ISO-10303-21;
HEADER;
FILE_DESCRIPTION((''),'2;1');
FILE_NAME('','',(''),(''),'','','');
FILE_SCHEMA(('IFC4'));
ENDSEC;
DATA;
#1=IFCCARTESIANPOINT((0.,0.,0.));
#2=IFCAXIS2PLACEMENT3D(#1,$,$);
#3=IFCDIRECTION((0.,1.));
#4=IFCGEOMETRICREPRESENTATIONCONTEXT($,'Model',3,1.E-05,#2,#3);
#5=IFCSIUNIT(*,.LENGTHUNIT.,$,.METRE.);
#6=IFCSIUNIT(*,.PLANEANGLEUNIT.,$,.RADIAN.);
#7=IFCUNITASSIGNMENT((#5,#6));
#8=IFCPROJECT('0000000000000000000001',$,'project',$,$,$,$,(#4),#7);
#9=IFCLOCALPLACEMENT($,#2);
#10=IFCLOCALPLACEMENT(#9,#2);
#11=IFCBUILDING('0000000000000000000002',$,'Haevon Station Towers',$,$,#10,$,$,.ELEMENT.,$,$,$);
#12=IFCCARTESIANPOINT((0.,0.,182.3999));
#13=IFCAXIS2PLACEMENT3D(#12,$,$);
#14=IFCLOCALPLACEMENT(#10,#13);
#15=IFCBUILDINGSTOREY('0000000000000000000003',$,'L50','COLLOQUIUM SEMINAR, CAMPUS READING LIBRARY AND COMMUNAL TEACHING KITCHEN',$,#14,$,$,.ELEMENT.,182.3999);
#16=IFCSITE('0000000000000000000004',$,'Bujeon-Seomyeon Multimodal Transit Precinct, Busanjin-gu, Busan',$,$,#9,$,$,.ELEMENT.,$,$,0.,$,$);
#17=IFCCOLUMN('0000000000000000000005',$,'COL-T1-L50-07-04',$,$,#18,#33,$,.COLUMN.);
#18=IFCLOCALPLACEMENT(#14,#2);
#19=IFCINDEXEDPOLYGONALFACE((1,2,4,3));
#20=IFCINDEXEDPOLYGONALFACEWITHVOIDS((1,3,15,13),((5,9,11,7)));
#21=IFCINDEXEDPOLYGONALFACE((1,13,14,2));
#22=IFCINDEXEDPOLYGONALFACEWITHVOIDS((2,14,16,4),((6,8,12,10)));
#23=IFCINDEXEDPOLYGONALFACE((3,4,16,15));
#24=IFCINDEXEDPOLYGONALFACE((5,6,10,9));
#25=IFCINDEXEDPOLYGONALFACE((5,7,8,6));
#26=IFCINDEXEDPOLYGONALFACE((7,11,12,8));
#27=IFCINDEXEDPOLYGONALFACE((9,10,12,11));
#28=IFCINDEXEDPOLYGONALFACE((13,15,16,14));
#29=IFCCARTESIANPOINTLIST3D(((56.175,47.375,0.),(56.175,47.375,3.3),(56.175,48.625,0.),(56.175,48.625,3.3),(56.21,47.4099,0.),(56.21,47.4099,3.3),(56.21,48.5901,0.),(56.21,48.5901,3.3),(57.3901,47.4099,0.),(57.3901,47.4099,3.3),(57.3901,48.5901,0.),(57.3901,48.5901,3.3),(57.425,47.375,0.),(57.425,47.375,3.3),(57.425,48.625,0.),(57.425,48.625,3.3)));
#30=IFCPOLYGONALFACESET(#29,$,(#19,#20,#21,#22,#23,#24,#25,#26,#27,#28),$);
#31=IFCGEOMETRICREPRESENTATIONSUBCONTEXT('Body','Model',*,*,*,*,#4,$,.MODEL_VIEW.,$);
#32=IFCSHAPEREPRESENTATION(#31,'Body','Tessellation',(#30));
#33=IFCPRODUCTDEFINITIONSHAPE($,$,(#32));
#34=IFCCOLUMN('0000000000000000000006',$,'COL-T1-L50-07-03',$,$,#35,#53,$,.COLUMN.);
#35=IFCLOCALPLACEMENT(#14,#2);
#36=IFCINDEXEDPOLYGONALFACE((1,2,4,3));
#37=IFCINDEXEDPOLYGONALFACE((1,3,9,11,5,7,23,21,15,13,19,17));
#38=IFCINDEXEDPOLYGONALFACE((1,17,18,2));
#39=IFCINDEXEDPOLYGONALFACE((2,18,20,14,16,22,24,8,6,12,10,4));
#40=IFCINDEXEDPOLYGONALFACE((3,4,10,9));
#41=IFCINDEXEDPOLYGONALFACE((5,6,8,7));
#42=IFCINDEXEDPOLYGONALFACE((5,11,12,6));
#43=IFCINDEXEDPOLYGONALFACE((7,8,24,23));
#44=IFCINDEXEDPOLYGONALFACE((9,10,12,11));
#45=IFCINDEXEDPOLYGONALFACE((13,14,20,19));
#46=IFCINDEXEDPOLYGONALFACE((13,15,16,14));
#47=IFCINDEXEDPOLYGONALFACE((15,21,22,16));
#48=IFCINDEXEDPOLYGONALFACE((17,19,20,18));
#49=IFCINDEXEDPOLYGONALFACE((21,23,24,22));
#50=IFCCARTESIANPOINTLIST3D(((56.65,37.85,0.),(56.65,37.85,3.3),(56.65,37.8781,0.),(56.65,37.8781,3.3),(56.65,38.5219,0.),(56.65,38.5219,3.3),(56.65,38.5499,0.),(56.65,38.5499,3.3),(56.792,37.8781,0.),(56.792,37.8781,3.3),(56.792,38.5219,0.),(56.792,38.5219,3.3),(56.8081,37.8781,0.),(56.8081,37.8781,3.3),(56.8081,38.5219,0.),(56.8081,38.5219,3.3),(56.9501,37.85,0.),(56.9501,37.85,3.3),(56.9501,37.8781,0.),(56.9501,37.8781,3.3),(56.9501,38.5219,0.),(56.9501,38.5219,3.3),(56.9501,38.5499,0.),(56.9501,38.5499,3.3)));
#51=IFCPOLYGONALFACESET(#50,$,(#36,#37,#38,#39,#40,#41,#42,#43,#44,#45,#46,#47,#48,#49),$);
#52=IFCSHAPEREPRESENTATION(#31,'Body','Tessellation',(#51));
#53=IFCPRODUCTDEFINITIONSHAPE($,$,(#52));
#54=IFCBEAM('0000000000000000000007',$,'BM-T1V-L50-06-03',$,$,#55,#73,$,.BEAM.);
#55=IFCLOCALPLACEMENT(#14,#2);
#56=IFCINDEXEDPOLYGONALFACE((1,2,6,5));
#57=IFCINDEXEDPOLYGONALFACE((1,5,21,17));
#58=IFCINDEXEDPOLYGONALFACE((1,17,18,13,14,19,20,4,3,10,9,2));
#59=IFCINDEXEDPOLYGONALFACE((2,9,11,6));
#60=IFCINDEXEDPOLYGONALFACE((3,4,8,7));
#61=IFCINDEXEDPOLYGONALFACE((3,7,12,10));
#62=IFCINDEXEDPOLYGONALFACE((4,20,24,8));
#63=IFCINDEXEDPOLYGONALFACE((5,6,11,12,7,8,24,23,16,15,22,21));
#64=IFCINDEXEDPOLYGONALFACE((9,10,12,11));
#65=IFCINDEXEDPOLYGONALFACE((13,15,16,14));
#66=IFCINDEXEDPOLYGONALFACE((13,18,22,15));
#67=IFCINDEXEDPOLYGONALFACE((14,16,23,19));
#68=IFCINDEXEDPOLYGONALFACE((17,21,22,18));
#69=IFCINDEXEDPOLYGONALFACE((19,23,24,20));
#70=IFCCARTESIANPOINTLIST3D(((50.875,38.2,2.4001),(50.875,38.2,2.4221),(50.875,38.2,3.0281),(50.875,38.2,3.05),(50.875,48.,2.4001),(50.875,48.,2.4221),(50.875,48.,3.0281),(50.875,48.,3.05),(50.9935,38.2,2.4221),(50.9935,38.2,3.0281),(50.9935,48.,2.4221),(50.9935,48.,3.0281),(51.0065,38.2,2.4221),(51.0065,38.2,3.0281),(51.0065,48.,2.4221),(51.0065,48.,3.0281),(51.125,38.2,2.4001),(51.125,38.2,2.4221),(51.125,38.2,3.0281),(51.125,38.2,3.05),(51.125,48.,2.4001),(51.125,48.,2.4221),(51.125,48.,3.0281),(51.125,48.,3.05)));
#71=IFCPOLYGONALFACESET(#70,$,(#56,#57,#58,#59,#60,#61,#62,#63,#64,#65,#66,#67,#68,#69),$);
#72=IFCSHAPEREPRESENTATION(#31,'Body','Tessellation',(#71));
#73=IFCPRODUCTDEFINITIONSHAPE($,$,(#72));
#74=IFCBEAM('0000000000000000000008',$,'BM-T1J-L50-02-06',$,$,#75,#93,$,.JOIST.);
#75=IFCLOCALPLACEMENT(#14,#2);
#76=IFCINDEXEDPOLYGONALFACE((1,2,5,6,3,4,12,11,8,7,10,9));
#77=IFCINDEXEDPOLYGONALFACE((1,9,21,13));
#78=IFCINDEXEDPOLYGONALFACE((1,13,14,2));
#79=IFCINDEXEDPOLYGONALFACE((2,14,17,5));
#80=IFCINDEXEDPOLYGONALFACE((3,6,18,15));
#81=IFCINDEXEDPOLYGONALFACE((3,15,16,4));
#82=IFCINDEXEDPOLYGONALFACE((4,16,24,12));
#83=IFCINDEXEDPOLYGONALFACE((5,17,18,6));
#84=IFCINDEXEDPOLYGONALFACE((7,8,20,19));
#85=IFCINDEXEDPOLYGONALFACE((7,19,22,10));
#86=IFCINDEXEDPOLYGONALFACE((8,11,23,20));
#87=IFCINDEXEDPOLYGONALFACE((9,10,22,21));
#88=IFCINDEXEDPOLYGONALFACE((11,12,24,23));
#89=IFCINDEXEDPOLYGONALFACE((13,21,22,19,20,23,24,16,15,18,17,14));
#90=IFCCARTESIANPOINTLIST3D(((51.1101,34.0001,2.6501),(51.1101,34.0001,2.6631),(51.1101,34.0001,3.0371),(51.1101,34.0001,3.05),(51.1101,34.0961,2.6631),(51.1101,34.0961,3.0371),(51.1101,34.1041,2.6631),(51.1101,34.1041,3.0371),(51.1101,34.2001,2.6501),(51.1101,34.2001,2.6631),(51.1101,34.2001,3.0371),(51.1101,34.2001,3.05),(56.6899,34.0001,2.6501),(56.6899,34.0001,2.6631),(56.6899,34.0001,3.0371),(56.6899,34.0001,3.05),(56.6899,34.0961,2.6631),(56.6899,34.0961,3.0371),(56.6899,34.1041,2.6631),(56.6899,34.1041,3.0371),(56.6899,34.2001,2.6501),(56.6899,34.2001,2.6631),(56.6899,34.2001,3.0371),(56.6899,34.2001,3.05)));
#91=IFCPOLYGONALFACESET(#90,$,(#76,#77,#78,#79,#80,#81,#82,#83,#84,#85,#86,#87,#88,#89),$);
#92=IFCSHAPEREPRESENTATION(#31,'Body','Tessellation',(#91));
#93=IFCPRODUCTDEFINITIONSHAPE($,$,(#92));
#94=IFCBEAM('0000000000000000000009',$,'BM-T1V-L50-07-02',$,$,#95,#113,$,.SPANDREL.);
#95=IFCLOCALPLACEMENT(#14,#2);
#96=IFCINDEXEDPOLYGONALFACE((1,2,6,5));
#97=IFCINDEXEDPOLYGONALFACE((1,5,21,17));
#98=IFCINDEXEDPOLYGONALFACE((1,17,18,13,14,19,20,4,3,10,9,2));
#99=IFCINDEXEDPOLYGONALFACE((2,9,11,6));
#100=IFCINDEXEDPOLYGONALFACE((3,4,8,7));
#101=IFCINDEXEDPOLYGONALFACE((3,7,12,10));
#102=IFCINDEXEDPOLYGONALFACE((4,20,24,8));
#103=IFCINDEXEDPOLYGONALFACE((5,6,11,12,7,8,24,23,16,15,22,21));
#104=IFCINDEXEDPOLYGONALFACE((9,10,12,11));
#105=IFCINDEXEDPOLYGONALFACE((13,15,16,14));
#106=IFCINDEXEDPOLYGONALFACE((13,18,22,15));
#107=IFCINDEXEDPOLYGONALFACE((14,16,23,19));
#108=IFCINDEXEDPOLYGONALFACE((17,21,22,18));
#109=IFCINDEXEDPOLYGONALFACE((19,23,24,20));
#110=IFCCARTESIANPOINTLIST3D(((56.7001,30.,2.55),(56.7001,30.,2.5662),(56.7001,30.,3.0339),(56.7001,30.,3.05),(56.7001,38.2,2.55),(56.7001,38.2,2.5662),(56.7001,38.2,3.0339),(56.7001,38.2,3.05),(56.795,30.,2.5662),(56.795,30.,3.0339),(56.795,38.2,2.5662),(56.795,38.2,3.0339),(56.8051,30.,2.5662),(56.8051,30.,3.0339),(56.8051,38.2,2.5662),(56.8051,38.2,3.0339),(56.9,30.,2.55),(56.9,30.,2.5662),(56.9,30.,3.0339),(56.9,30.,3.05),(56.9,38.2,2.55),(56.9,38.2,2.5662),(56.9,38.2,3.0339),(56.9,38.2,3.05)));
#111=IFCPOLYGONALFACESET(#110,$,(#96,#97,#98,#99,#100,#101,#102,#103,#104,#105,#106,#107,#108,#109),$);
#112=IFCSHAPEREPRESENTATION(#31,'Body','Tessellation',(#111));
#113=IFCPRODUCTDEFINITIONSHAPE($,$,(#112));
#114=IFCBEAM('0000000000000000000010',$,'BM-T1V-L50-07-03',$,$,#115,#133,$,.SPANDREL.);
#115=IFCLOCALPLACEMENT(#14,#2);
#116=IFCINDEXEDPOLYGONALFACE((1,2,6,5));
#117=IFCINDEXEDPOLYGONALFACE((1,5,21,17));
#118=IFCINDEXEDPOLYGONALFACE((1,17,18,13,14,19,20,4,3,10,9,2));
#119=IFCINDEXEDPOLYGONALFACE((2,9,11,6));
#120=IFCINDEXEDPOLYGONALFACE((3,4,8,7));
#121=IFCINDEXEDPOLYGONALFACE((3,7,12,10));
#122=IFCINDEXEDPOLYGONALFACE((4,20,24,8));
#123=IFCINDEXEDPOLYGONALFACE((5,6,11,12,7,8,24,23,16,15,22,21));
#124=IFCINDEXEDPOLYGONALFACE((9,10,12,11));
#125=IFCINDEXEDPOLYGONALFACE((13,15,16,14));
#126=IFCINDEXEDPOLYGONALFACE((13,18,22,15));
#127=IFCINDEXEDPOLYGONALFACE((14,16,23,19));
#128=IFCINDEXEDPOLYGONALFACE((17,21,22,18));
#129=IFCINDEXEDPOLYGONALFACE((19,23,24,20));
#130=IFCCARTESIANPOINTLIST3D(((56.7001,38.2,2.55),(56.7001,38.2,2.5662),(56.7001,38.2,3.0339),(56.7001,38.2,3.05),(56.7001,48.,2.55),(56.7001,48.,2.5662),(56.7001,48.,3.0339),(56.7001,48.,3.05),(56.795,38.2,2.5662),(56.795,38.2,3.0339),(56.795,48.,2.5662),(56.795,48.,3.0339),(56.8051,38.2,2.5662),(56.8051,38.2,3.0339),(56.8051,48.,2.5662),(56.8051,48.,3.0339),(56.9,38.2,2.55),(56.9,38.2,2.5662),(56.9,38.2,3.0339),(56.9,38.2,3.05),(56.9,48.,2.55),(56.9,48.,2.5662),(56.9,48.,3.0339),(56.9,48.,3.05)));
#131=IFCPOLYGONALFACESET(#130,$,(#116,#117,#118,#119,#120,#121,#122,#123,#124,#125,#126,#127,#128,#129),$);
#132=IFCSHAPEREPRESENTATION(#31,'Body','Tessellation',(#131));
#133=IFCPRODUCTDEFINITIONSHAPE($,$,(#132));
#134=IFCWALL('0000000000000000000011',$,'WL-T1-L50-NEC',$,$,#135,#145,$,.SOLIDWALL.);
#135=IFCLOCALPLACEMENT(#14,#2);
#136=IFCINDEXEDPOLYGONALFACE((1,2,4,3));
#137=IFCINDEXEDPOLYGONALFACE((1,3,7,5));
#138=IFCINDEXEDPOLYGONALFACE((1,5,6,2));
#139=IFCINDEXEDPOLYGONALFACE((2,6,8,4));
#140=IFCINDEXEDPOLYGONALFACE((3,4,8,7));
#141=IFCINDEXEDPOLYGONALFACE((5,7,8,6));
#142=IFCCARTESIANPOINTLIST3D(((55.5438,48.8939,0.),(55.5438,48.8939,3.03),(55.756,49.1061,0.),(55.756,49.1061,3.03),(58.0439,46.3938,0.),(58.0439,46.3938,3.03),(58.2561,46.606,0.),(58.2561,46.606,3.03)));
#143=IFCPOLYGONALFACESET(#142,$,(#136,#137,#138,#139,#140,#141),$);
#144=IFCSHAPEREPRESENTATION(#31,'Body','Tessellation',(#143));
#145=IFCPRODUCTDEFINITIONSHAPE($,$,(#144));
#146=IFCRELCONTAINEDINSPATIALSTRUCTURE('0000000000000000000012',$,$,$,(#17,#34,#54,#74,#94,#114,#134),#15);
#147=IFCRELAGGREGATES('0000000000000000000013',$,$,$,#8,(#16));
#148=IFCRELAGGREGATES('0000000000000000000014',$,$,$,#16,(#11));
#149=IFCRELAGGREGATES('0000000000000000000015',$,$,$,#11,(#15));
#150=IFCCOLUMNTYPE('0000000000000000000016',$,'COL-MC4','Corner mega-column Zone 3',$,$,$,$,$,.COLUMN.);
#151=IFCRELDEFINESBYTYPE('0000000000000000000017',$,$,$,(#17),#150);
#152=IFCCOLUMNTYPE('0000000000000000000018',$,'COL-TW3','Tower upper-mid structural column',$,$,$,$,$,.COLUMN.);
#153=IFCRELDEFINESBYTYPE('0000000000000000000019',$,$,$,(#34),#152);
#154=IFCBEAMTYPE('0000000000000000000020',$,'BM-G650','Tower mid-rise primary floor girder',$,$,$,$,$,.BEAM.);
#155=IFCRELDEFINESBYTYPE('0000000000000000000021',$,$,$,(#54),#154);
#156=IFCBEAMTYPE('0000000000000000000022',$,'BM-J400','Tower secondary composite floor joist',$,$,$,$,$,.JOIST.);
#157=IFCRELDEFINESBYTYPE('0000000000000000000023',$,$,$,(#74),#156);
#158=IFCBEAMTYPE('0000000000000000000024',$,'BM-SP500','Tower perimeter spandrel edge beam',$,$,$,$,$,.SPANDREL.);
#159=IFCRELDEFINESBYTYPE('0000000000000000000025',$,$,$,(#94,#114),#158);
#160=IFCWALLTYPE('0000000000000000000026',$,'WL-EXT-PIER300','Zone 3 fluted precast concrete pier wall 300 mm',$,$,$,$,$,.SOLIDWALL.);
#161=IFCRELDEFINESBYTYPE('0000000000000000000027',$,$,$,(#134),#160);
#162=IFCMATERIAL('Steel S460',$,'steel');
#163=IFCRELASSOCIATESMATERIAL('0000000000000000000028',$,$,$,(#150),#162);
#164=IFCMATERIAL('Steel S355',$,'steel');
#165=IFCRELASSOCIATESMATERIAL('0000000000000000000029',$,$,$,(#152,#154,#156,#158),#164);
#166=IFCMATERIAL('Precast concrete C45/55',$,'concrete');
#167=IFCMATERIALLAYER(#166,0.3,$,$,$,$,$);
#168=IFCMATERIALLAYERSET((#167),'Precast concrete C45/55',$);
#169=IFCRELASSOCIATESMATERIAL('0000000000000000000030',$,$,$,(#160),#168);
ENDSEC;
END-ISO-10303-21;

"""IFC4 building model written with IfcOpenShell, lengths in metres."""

from ifc_helpers import new_model, si_unit, direction, frame, frame_2d, origin, origin_2d, place, context, subcontext, project, spatial, rectangle, hollow_rectangle, i_section, extrude, material, layer, layer_set, material_profile, profile_set, type_object, element, save


model = new_model("IFC4")

# Units and contexts
model_context = context("Model", 3, precision=1e-05, world=origin(), true_north=direction((0.0, 1.0)))
body_context = subcontext(model_context, "Body", "Model", "MODEL_VIEW")
ifc_project = project(units=[si_unit("LENGTHUNIT", "METRE"), si_unit("PLANEANGLEUNIT", "RADIAN")], contexts=[model_context])

# Site, building, storey
site_placement = place(None, origin())
site = spatial("IfcSite", under=ifc_project, at=site_placement, Name="Bujeon-Seomyeon Multimodal Transit Precinct, Busanjin-gu, Busan", CompositionType="ELEMENT", RefElevation=0.0)
building_placement = place(site_placement, origin())
building = spatial("IfcBuilding", under=site, at=building_placement, Name="Haevon Station Towers", CompositionType="ELEMENT")
storey_placement = place(building_placement, frame((0.0, 0.0, 182.3999)))
storey = spatial("IfcBuildingStorey", under=building, at=storey_placement, Name="L50", Description="COLLOQUIUM SEMINAR, CAMPUS READING LIBRARY AND COMMUNAL TEACHING KITCHEN", CompositionType="ELEMENT", Elevation=182.3999)

# Columns
ifc_material_1 = material(Name="Steel S460", Category="steel")
ifc_material_profile_1 = material_profile(ifc_material_1, hollow_rectangle(XDim=1.25, YDim=1.25, WallThickness=0.0349, at=origin_2d()), Name="BOX-1250x1250x35")
ifc_profile_set_1 = profile_set([ifc_material_profile_1], Name="Steel S460")
column_type_1 = type_object("IfcColumnType", Name="COL-MC4", Description="Corner mega-column Zone 3", PredefinedType="COLUMN", material=ifc_profile_set_1)
column_1_placement = place(storey_placement, frame((56.8, 48.0, 0.0), z_axis=(0.0, 0.0, 1.0), x_axis=(1.0, 0.0, 0.0)))
element("IfcColumn", 1, at=column_1_placement, inside=storey, type_object=column_type_1, Name="COL-T1-L50-07-04", PredefinedType="COLUMN", context=body_context, shape_type="SweptSolid", body=[
    extrude(hollow_rectangle(XDim=1.25, YDim=1.25, WallThickness=0.0349, at=origin_2d()), origin(), (0.0, 0.0, 1.0), 3.3),
])
ifc_material_2 = material(Name="Steel S355", Category="steel")
ifc_material_profile_2 = material_profile(ifc_material_2, i_section(OverallWidth=0.3, OverallDepth=0.7, WebThickness=0.0161, FlangeThickness=0.0281, at=origin_2d()), Name="H-700x300x16x28")
ifc_profile_set_2 = profile_set([ifc_material_profile_2], Name="Steel S355")
column_type_2 = type_object("IfcColumnType", Name="COL-TW3", Description="Tower upper-mid structural column", PredefinedType="COLUMN", material=ifc_profile_set_2)
column_2_placement = place(storey_placement, frame((56.8, 38.2, 0.0), z_axis=(0.0, 0.0, 1.0), x_axis=(1.0, 0.0, 0.0)))
element("IfcColumn", 2, at=column_2_placement, inside=storey, type_object=column_type_2, Name="COL-T1-L50-07-03", PredefinedType="COLUMN", context=body_context, shape_type="SweptSolid", body=[
    extrude(i_section(OverallWidth=0.3, OverallDepth=0.7, WebThickness=0.0161, FlangeThickness=0.0281, at=origin_2d()), origin(), (0.0, 0.0, 1.0), 3.3),
])

# Beams
ifc_material_profile_3 = material_profile(ifc_material_2, i_section(OverallWidth=0.25, OverallDepth=0.6499, WebThickness=0.0129, FlangeThickness=0.022, at=origin_2d()), Name="H-650x250x13x22")
ifc_profile_set_3 = profile_set([ifc_material_profile_3], Name="Steel S355")
beam_type_1 = type_object("IfcBeamType", Name="BM-G650", Description="Tower mid-rise primary floor girder", PredefinedType="BEAM", material=ifc_profile_set_3)
beam_1_placement = place(storey_placement, frame((51.0, 38.2, 2.7251), z_axis=(0.0, 1.0, 0.0), x_axis=(-1.0, 0.0, 0.0)))
element("IfcBeam", 3, at=beam_1_placement, inside=storey, type_object=beam_type_1, Name="BM-T1V-L50-06-03", PredefinedType="BEAM", context=body_context, shape_type="SweptSolid", body=[
    extrude(i_section(OverallWidth=0.25, OverallDepth=0.6499, WebThickness=0.0129, FlangeThickness=0.022, at=origin_2d()), origin(), (0.0, 0.0, 1.0), 9.8),
])
ifc_material_profile_4 = material_profile(ifc_material_2, i_section(OverallWidth=0.2, OverallDepth=0.3999, WebThickness=0.0081, FlangeThickness=0.0129, at=origin_2d()), Name="H-400x200x8x13")
ifc_profile_set_4 = profile_set([ifc_material_profile_4], Name="Steel S355")
beam_type_2 = type_object("IfcBeamType", Name="BM-J400", Description="Tower secondary composite floor joist", PredefinedType="JOIST", material=ifc_profile_set_4)
beam_2_placement = place(storey_placement, frame((51.1101, 34.1001, 2.8501), z_axis=(1.0, 0.0, 0.0), x_axis=(0.0, 1.0, 0.0)))
element("IfcBeam", 4, at=beam_2_placement, inside=storey, type_object=beam_type_2, Name="BM-T1J-L50-02-06", PredefinedType="JOIST", context=body_context, shape_type="SweptSolid", body=[
    extrude(i_section(OverallWidth=0.2, OverallDepth=0.3999, WebThickness=0.0081, FlangeThickness=0.0129, at=origin_2d()), origin(), (0.0, 0.0, 1.0), 5.5798),
])
ifc_material_profile_5 = material_profile(ifc_material_2, i_section(OverallWidth=0.2, OverallDepth=0.5, WebThickness=0.01, FlangeThickness=0.0161, at=origin_2d()), Name="H-500x200x10x16")
ifc_profile_set_5 = profile_set([ifc_material_profile_5], Name="Steel S355")
beam_type_3 = type_object("IfcBeamType", Name="BM-SP500", Description="Tower perimeter spandrel edge beam", PredefinedType="SPANDREL", material=ifc_profile_set_5)
beam_3_placement = place(storey_placement, frame((56.8, 30.0, 2.8), z_axis=(0.0, 1.0, 0.0), x_axis=(-1.0, 0.0, 0.0)))
element("IfcBeam", 5, at=beam_3_placement, inside=storey, type_object=beam_type_3, Name="BM-T1V-L50-07-02", PredefinedType="SPANDREL", context=body_context, shape_type="SweptSolid", body=[
    extrude(i_section(OverallWidth=0.2, OverallDepth=0.5, WebThickness=0.01, FlangeThickness=0.0161, at=origin_2d()), origin(), (0.0, 0.0, 1.0), 8.2),
])
beam_4_placement = place(storey_placement, frame((56.8, 38.2, 2.8), z_axis=(0.0, 1.0, 0.0), x_axis=(-1.0, 0.0, 0.0)))
element("IfcBeam", 6, at=beam_4_placement, inside=storey, type_object=beam_type_3, Name="BM-T1V-L50-07-03", PredefinedType="SPANDREL", context=body_context, shape_type="SweptSolid", body=[
    extrude(i_section(OverallWidth=0.2, OverallDepth=0.5, WebThickness=0.01, FlangeThickness=0.0161, at=origin_2d()), origin(), (0.0, 0.0, 1.0), 9.8),
])

# Wall
ifc_material_3 = material(Name="Precast concrete C45/55", Category="concrete")
ifc_layer_1 = layer(ifc_material_3, 0.3)
ifc_layer_set_1 = layer_set([ifc_layer_1], Name="Precast concrete C45/55")
wall_type_1 = type_object("IfcWallType", Name="WL-EXT-PIER300", Description="Zone 3 fluted precast concrete pier wall 300 mm", PredefinedType="SOLIDWALL", material=ifc_layer_set_1)
wall_1_placement = place(storey_placement, frame((55.6499, 49.0, 0.0), z_axis=(0.0, 0.0, 1.0), x_axis=(0.707107, -0.707107, 0.0)))
element("IfcWall", 7, at=wall_1_placement, inside=storey, type_object=wall_type_1, Name="WL-T1-L50-NEC", PredefinedType="SOLIDWALL", context=body_context, shape_type="SweptSolid", body=[
    extrude(rectangle(XDim=3.5356, YDim=0.3, at=frame_2d((1.7678, 0.0))), origin(), (0.0, 0.0, 1.0), 3.03),
])

save(model, "model.ifc")
